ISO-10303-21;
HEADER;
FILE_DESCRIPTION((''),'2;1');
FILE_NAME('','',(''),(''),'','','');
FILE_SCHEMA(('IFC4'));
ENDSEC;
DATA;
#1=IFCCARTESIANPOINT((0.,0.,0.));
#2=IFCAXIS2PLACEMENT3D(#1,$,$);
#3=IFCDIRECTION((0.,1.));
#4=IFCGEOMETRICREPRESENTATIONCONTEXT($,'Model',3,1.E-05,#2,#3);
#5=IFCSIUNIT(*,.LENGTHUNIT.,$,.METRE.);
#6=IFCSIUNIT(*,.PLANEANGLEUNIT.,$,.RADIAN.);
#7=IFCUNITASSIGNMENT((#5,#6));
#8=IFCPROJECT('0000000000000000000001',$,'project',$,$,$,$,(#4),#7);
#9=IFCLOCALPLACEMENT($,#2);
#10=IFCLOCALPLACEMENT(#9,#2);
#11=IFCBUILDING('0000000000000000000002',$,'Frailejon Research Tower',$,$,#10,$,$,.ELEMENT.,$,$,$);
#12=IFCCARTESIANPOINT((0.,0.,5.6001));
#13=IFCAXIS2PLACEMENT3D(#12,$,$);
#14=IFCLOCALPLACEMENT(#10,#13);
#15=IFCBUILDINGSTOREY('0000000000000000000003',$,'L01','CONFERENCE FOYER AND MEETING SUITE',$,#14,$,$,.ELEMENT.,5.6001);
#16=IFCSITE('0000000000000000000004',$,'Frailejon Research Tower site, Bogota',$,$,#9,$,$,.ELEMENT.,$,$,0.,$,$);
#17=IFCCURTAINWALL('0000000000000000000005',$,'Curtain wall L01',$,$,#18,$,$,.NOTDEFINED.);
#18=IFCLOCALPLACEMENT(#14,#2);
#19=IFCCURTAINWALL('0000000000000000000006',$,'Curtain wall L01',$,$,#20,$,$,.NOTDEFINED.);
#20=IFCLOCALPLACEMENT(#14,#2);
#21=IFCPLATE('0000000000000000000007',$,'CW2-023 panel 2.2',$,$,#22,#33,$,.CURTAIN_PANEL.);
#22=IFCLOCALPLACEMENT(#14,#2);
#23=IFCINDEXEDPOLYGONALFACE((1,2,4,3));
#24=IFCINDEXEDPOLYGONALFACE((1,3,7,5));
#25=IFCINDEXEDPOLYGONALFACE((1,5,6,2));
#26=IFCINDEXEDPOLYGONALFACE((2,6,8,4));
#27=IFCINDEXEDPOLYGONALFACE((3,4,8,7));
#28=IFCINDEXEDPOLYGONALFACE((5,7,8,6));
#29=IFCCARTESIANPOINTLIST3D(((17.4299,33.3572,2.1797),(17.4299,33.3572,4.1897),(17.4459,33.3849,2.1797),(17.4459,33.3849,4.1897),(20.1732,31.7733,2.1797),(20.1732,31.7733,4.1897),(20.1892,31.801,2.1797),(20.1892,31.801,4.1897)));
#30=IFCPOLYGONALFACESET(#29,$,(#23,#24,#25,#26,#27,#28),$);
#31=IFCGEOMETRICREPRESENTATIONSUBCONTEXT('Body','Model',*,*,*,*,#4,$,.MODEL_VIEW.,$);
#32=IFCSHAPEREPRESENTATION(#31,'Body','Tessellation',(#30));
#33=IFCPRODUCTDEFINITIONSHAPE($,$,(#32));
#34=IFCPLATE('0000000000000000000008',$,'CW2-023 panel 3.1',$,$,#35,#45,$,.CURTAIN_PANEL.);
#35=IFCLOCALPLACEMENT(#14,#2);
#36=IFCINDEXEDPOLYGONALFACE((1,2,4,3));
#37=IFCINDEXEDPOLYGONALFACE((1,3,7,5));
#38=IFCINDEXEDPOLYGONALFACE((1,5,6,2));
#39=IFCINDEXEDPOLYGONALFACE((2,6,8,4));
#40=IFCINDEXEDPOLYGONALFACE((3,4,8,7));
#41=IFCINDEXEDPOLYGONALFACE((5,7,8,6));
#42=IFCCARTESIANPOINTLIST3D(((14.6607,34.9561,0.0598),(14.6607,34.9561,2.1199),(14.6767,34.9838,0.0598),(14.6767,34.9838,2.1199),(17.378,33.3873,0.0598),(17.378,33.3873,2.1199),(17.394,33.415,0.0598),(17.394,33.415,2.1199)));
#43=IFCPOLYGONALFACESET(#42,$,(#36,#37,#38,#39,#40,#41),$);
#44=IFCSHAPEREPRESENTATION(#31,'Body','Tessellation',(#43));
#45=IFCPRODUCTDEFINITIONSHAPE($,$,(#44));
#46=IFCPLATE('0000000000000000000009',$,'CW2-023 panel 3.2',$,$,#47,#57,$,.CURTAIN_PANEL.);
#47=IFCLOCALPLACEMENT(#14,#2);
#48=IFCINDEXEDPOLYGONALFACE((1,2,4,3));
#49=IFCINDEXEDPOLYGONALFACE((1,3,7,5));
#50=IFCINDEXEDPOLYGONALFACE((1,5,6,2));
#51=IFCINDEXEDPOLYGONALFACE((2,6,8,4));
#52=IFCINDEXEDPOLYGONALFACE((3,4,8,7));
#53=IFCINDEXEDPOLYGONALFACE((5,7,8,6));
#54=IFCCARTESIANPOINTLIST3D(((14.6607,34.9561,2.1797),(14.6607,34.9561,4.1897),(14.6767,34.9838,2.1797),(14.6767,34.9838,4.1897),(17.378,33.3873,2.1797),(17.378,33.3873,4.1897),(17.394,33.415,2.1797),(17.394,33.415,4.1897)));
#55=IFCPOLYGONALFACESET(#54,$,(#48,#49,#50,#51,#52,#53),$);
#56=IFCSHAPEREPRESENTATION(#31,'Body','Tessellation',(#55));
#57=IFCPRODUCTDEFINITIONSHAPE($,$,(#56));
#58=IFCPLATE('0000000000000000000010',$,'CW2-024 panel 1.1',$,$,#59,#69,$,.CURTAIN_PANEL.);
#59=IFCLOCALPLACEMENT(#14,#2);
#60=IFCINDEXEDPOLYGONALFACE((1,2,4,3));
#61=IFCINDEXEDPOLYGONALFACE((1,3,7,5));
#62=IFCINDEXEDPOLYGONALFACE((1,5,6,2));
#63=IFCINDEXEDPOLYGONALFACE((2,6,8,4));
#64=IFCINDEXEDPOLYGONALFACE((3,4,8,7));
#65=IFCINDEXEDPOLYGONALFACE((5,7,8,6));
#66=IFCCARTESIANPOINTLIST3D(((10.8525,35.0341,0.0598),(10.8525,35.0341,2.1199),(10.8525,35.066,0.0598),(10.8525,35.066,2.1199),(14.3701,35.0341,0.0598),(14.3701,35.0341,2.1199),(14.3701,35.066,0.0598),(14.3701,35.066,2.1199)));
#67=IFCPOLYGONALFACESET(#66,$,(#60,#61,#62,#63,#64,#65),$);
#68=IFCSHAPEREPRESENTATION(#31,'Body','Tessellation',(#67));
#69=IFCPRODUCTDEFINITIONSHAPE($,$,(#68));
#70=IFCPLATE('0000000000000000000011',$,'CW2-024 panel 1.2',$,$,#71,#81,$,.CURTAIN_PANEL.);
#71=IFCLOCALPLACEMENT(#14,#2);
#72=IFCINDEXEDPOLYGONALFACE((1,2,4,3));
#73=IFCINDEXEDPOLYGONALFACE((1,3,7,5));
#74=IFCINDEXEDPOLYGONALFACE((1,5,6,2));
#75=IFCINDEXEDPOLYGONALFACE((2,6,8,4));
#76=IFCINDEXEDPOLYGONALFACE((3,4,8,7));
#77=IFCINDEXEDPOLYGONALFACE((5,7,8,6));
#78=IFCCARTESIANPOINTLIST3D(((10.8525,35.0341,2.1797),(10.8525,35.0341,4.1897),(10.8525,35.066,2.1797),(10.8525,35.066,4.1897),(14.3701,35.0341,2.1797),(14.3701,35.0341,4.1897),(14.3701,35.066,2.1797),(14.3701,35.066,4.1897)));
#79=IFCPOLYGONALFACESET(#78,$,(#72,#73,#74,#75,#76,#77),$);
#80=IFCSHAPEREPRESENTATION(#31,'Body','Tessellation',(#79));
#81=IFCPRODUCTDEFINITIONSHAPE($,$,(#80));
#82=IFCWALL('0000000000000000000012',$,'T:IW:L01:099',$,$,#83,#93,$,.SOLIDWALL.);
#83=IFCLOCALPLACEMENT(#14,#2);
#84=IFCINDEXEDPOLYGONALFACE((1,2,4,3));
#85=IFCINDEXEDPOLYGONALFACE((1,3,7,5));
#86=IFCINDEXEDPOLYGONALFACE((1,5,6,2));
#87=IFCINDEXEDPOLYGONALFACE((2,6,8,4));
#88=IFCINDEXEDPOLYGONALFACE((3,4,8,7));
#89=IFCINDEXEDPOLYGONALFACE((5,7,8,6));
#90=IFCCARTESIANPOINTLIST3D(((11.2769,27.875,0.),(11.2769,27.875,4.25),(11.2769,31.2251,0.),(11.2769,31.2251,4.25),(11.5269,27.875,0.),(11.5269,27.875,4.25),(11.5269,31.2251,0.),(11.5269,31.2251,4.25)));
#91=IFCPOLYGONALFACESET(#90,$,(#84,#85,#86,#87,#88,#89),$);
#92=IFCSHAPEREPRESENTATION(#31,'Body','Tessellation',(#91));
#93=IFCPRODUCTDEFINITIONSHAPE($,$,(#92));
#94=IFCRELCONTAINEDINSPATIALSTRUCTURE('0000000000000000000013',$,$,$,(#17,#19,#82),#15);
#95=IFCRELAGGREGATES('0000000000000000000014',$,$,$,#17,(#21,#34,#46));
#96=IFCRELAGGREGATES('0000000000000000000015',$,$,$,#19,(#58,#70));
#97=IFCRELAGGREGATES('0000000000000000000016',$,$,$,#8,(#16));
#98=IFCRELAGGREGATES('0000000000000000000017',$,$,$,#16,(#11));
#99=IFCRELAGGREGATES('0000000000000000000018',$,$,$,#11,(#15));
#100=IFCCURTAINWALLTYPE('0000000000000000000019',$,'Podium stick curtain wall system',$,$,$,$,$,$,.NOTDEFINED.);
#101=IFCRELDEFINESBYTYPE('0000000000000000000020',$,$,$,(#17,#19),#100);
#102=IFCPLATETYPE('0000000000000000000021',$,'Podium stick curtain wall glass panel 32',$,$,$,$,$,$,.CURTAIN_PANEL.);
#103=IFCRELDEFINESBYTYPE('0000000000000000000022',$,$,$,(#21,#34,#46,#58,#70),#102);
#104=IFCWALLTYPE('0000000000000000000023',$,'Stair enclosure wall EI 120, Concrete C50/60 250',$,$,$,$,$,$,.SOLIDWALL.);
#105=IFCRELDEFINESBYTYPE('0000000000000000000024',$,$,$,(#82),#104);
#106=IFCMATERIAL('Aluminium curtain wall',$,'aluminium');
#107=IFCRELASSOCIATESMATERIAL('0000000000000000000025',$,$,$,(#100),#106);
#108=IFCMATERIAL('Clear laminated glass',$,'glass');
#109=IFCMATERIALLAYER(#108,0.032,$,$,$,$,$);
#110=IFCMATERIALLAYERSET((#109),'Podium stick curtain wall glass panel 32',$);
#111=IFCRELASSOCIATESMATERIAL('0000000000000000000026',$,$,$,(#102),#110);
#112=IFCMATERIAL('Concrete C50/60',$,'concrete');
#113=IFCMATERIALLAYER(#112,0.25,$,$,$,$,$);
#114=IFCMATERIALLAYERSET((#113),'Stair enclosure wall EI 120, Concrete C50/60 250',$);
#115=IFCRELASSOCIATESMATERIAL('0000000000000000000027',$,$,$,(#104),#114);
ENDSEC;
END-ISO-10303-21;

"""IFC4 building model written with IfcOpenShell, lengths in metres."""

from ifc_helpers import new_model, si_unit, direction, frame, frame_2d, origin, origin_2d, place, context, subcontext, project, spatial, rectangle, extrude, material, layer, layer_set, type_object, element, aggregate, save


model = new_model("IFC4")

# Units and contexts
model_context = context("Model", 3, precision=1e-05, world=origin(), true_north=direction((0.0, 1.0)))
body_context = subcontext(model_context, "Body", "Model", "MODEL_VIEW")
ifc_project = project(units=[si_unit("LENGTHUNIT", "METRE"), si_unit("PLANEANGLEUNIT", "RADIAN")], contexts=[model_context])

# Site, building, storey
site_placement = place(None, origin())
site = spatial("IfcSite", under=ifc_project, at=site_placement, Name="Frailejon Research Tower site, Bogota", CompositionType="ELEMENT", RefElevation=0.0)
building_placement = place(site_placement, origin())
building = spatial("IfcBuilding", under=site, at=building_placement, Name="Frailejon Research Tower", CompositionType="ELEMENT")
storey_placement = place(building_placement, frame((0.0, 0.0, 5.6001)))
storey = spatial("IfcBuildingStorey", under=building, at=storey_placement, Name="L01", Description="CONFERENCE FOYER AND MEETING SUITE", CompositionType="ELEMENT", Elevation=5.6001)

# Curtain wall
ifc_material_1 = material(Name="Aluminium curtain wall", Category="aluminium")
curtain_wall_type = type_object("IfcCurtainWallType", Name="Podium stick curtain wall system", PredefinedType="NOTDEFINED", material=ifc_material_1)
curtain_wall_1_placement = place(storey_placement, origin())
curtain_wall_1 = element("IfcCurtainWall", 1, at=curtain_wall_1_placement, inside=storey, type_object=curtain_wall_type, Name="Curtain wall L01", PredefinedType="NOTDEFINED")

# Curtain wall
curtain_wall_2_placement = place(storey_placement, origin())
curtain_wall_2 = element("IfcCurtainWall", 2, at=curtain_wall_2_placement, inside=storey, type_object=curtain_wall_type, Name="Curtain wall L01", PredefinedType="NOTDEFINED")

# Plates
ifc_material_2 = material(Name="Clear laminated glass", Category="glass")
ifc_layer_1 = layer(ifc_material_2, 0.032)
ifc_layer_set_1 = layer_set([ifc_layer_1], Name="Podium stick curtain wall glass panel 32")
plate_type = type_object("IfcPlateType", Name="Podium stick curtain wall glass panel 32", PredefinedType="CURTAIN_PANEL", material=ifc_layer_set_1)
plate_1_placement = place(storey_placement, frame((18.8096, 32.5791, 2.1797), z_axis=(0.0, 0.0, 1.0), x_axis=(-0.866025, 0.5, 0.0)))
plate_1 = element("IfcPlate", 3, at=plate_1_placement, type_object=plate_type, Name="CW2-023 panel 2.2", PredefinedType="CURTAIN_PANEL", context=body_context, shape_type="SweptSolid", body=[
    extrude(rectangle(XDim=3.1677, YDim=0.032, at=origin_2d()), origin(), (0.0, 0.0, 1.0), 2.01),
])
plate_2_placement = place(storey_placement, frame((16.0273, 34.1855, 0.0598), z_axis=(0.0, 0.0, 1.0), x_axis=(-0.866025, 0.5, 0.0)))
plate_2 = element("IfcPlate", 4, at=plate_2_placement, type_object=plate_type, Name="CW2-023 panel 3.1", PredefinedType="CURTAIN_PANEL", context=body_context, shape_type="SweptSolid", body=[
    extrude(rectangle(XDim=3.1377, YDim=0.032, at=origin_2d()), origin(), (0.0, 0.0, 1.0), 2.0601),
])
plate_3_placement = place(storey_placement, frame((16.0273, 34.1855, 2.1797), z_axis=(0.0, 0.0, 1.0), x_axis=(-0.866025, 0.5, 0.0)))
plate_3 = element("IfcPlate", 5, at=plate_3_placement, type_object=plate_type, Name="CW2-023 panel 3.2", PredefinedType="CURTAIN_PANEL", context=body_context, shape_type="SweptSolid", body=[
    extrude(rectangle(XDim=3.1377, YDim=0.032, at=origin_2d()), origin(), (0.0, 0.0, 1.0), 2.01),
])
aggregate(curtain_wall_1, [plate_1, plate_2, plate_3])
plate_4_placement = place(storey_placement, frame((12.6113, 35.05, 0.0598), z_axis=(0.0, 0.0, 1.0), x_axis=(-1.0, 0.0, 0.0)))
plate_4 = element("IfcPlate", 6, at=plate_4_placement, type_object=plate_type, Name="CW2-024 panel 1.1", PredefinedType="CURTAIN_PANEL", context=body_context, shape_type="SweptSolid", body=[
    extrude(rectangle(XDim=3.5176, YDim=0.032, at=origin_2d()), origin(), (0.0, 0.0, 1.0), 2.0601),
])
plate_5_placement = place(storey_placement, frame((12.6113, 35.05, 2.1797), z_axis=(0.0, 0.0, 1.0), x_axis=(-1.0, 0.0, 0.0)))
plate_5 = element("IfcPlate", 7, at=plate_5_placement, type_object=plate_type, Name="CW2-024 panel 1.2", PredefinedType="CURTAIN_PANEL", context=body_context, shape_type="SweptSolid", body=[
    extrude(rectangle(XDim=3.5176, YDim=0.032, at=origin_2d()), origin(), (0.0, 0.0, 1.0), 2.01),
])
aggregate(curtain_wall_2, [plate_4, plate_5])

# Wall
ifc_material_3 = material(Name="Concrete C50/60", Category="concrete")
ifc_layer_2 = layer(ifc_material_3, 0.25)
ifc_layer_set_2 = layer_set([ifc_layer_2], Name="Stair enclosure wall EI 120, Concrete C50/60 250")
wall_type = type_object("IfcWallType", Name="Stair enclosure wall EI 120, Concrete C50/60 250", PredefinedType="SOLIDWALL", material=ifc_layer_set_2)
wall_placement = place(storey_placement, frame((11.4019, 27.875, 0.0), z_axis=(0.0, 0.0, 1.0), x_axis=(0.0, 1.0, 0.0)))
element("IfcWall", 8, at=wall_placement, inside=storey, type_object=wall_type, Name="T:IW:L01:099", PredefinedType="SOLIDWALL", context=body_context, shape_type="SweptSolid", body=[
    extrude(rectangle(XDim=3.3501, YDim=0.25, at=frame_2d((1.675, 0.0))), origin(), (0.0, 0.0, 1.0), 4.25),
])

save(model, "model.ifc")
